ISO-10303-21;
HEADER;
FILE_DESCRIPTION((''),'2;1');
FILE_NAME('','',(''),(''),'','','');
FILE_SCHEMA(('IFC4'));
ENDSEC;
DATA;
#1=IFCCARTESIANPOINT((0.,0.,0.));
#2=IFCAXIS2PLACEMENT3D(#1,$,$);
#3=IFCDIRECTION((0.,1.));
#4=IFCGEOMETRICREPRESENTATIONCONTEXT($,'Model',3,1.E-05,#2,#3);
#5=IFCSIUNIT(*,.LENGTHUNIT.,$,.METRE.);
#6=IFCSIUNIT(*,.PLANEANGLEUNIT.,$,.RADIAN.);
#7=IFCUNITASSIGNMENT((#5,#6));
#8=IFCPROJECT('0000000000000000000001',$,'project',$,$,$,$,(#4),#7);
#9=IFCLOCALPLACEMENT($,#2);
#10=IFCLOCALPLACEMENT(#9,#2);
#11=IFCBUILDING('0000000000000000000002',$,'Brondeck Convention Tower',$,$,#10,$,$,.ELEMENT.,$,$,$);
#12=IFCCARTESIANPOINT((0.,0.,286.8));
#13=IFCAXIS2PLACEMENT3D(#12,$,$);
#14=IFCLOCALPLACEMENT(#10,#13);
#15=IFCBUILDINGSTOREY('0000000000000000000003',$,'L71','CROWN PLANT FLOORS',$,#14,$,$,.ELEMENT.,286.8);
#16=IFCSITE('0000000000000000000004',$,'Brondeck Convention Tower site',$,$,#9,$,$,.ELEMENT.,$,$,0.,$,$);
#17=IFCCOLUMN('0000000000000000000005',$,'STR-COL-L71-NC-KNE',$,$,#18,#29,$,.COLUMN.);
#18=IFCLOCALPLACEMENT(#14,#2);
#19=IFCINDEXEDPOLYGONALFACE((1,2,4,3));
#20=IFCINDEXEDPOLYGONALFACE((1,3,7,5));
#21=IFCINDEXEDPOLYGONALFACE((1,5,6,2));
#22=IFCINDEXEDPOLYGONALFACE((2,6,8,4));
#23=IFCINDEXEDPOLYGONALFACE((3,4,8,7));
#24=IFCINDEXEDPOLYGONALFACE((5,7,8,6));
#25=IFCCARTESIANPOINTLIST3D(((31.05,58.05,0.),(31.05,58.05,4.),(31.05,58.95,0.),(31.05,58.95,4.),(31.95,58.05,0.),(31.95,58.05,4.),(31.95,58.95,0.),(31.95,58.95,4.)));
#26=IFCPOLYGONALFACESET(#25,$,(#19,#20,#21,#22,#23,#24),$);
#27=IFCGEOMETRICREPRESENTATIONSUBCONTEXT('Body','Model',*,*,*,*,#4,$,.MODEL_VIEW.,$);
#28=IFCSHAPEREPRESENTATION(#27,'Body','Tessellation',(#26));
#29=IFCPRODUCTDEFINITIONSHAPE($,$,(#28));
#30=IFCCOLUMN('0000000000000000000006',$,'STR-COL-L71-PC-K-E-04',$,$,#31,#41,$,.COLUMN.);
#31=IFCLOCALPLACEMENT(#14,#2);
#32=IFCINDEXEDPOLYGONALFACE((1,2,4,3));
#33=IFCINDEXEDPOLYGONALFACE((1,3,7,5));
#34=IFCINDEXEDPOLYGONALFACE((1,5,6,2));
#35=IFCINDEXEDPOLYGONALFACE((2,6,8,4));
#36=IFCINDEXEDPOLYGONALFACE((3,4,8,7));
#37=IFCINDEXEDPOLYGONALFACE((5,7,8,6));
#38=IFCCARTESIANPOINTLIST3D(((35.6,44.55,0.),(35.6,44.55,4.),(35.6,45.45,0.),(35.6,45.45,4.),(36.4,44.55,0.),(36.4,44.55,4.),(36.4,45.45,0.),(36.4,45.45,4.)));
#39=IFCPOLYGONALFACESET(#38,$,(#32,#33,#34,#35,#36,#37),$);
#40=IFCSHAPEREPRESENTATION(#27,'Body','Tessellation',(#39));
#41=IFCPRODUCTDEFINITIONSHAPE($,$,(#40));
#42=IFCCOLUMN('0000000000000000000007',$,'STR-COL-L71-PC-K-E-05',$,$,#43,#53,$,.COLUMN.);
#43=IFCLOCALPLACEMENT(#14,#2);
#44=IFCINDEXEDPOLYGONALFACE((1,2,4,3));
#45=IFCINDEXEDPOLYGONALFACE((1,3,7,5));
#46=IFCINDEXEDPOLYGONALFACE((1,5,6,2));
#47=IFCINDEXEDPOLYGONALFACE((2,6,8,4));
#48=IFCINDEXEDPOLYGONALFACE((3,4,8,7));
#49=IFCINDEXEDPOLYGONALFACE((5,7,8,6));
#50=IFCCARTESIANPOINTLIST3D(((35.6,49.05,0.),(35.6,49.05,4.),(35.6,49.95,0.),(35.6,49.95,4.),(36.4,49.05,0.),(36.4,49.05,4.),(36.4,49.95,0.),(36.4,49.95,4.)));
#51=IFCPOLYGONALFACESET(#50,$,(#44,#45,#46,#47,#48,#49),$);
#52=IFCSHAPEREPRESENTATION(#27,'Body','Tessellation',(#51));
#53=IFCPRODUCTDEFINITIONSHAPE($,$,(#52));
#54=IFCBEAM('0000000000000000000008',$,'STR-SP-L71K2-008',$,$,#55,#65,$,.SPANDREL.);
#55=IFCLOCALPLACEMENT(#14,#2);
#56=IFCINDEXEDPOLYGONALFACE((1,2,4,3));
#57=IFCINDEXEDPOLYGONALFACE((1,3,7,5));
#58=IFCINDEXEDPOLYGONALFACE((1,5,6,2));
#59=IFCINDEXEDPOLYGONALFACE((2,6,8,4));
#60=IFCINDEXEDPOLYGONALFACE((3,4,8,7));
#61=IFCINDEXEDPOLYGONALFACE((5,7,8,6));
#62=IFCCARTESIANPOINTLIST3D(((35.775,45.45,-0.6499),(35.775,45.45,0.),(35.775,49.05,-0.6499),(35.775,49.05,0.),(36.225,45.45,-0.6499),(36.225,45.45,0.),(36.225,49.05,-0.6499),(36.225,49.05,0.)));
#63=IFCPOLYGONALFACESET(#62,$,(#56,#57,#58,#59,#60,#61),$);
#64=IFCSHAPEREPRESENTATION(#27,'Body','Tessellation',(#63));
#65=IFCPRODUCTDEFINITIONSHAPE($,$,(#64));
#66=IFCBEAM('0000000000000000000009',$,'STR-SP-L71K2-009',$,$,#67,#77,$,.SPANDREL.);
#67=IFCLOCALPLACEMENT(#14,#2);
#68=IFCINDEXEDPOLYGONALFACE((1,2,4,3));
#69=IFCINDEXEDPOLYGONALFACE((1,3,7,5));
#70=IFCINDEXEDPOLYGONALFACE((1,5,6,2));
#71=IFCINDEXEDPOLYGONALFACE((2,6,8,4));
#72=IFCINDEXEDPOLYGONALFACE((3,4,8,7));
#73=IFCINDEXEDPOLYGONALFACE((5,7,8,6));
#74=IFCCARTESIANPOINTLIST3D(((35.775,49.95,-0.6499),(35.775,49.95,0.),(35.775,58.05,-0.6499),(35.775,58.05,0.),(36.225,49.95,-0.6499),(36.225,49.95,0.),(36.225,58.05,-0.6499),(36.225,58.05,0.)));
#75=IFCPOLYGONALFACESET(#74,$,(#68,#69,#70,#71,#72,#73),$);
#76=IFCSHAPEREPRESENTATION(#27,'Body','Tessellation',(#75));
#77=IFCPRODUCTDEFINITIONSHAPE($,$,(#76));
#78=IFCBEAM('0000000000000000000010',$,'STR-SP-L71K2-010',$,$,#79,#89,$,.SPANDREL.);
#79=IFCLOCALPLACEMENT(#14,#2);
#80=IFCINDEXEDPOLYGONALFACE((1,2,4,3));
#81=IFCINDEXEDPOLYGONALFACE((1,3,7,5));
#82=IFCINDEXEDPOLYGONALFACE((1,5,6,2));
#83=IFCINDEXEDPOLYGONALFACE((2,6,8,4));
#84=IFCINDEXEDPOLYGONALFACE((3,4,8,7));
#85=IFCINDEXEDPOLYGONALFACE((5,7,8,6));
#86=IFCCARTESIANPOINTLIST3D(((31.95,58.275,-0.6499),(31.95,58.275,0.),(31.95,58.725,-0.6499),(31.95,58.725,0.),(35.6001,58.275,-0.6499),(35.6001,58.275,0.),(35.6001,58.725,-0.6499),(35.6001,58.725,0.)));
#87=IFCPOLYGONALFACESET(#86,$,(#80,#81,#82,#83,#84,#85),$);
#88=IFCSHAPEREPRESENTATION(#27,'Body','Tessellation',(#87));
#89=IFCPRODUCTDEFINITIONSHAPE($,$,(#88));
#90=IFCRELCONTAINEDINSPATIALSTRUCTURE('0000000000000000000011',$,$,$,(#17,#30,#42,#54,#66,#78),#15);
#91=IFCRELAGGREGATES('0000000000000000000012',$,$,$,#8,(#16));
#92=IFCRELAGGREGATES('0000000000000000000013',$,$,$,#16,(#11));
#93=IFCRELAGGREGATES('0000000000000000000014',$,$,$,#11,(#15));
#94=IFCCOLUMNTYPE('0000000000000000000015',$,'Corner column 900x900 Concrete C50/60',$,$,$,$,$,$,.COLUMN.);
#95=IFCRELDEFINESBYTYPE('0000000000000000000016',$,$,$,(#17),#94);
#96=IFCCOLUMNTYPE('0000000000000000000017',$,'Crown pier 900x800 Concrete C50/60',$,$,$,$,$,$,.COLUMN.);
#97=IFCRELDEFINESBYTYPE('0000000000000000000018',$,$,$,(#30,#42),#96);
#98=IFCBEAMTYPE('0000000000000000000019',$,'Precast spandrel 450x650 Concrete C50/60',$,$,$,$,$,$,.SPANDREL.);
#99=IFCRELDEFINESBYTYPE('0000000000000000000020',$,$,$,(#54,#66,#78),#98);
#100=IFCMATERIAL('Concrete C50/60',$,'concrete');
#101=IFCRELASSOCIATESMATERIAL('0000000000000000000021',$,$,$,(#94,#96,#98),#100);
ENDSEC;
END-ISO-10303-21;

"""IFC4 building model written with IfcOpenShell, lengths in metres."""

from ifc_helpers import new_model, si_unit, direction, frame, origin, origin_2d, place, context, subcontext, project, spatial, rectangle, extrude, material, material_profile, profile_set, type_object, element, save


model = new_model("IFC4")

# Units and contexts
model_context = context("Model", 3, precision=1e-05, world=origin(), true_north=direction((0.0, 1.0)))
body_context = subcontext(model_context, "Body", "Model", "MODEL_VIEW")
ifc_project = project(units=[si_unit("LENGTHUNIT", "METRE"), si_unit("PLANEANGLEUNIT", "RADIAN")], contexts=[model_context])

# Site, building, storey
site_placement = place(None, origin())
site = spatial("IfcSite", under=ifc_project, at=site_placement, Name="Brondeck Convention Tower site", CompositionType="ELEMENT", RefElevation=0.0)
building_placement = place(site_placement, origin())
building = spatial("IfcBuilding", under=site, at=building_placement, Name="Brondeck Convention Tower", CompositionType="ELEMENT")
storey_placement = place(building_placement, frame((0.0, 0.0, 286.8)))
storey = spatial("IfcBuildingStorey", under=building, at=storey_placement, Name="L71", Description="CROWN PLANT FLOORS", CompositionType="ELEMENT", Elevation=286.8)

# Columns
ifc_material_1 = material(Name="Concrete C50/60", Category="concrete")
ifc_material_profile_1 = material_profile(ifc_material_1, rectangle(XDim=0.8999, YDim=0.8999, at=origin_2d()), Name="Corner column 900x900 Concrete C50/60")
ifc_profile_set_1 = profile_set([ifc_material_profile_1], Name="Concrete C50/60")
column_type_1 = type_object("IfcColumnType", Name="Corner column 900x900 Concrete C50/60", PredefinedType="COLUMN", material=ifc_profile_set_1)
column_placement = place(storey_placement, frame((31.5, 58.5, 0.0), z_axis=(0.0, 0.0, 1.0), x_axis=(1.0, 0.0, 0.0)))
element("IfcColumn", 1, at=column_placement, inside=storey, type_object=column_type_1, Name="STR-COL-L71-NC-KNE", PredefinedType="COLUMN", context=body_context, shape_type="SweptSolid", body=[
    extrude(rectangle(XDim=0.8999, YDim=0.8999, at=origin_2d()), origin(), (0.0, 0.0, 1.0), 4.0),
])
ifc_material_profile_2 = material_profile(ifc_material_1, rectangle(XDim=0.8999, YDim=0.8, at=origin_2d()), Name="Crown pier 900x800 Concrete C50/60")
ifc_profile_set_2 = profile_set([ifc_material_profile_2], Name="Concrete C50/60")
column_type_2 = type_object("IfcColumnType", Name="Crown pier 900x800 Concrete C50/60", PredefinedType="COLUMN", material=ifc_profile_set_2)
for number, where, z_axis, x_axis, name in (
    (2, (36.0, 45.0, 0.0), (0.0, 0.0, 1.0), (0.0, 1.0, 0.0), "STR-COL-L71-PC-K-E-04"),
    (3, (36.0, 49.5, 0.0), (0.0, 0.0, 1.0), (0.0, 1.0, 0.0), "STR-COL-L71-PC-K-E-05"),
):
    element("IfcColumn", number, at=place(storey_placement, frame(where, z_axis=z_axis, x_axis=x_axis)), inside=storey, type_object=column_type_2, Name=name, PredefinedType="COLUMN", context=body_context, shape_type="SweptSolid", body=[
        extrude(rectangle(XDim=0.8999, YDim=0.8, at=origin_2d()), origin(), (0.0, 0.0, 1.0), 4.0),
    ])

# Beams
ifc_material_profile_3 = material_profile(ifc_material_1, rectangle(XDim=0.45, YDim=0.6499, at=origin_2d()), Name="Precast spandrel 450x650 Concrete C50/60")
ifc_profile_set_3 = profile_set([ifc_material_profile_3], Name="Concrete C50/60")
beam_type = type_object("IfcBeamType", Name="Precast spandrel 450x650 Concrete C50/60", PredefinedType="SPANDREL", material=ifc_profile_set_3)
beam_1_placement = place(storey_placement, frame((36.0, 45.45, -0.325), z_axis=(0.0, 1.0, 0.0), x_axis=(-1.0, 0.0, 0.0)))
element("IfcBeam", 4, at=beam_1_placement, inside=storey, type_object=beam_type, Name="STR-SP-L71K2-008", PredefinedType="SPANDREL", context=body_context, shape_type="SweptSolid", body=[
    extrude(rectangle(XDim=0.45, YDim=0.6499, at=origin_2d()), origin(), (0.0, 0.0, 1.0), 3.6001),
])
beam_2_placement = place(storey_placement, frame((36.0, 49.95, -0.325), z_axis=(0.0, 1.0, 0.0), x_axis=(-1.0, 0.0, 0.0)))
element("IfcBeam", 5, at=beam_2_placement, inside=storey, type_object=beam_type, Name="STR-SP-L71K2-009", PredefinedType="SPANDREL", context=body_context, shape_type="SweptSolid", body=[
    extrude(rectangle(XDim=0.45, YDim=0.6499, at=origin_2d()), origin(), (0.0, 0.0, 1.0), 8.1001),
])
beam_3_placement = place(storey_placement, frame((35.6001, 58.5, -0.325), z_axis=(-1.0, 0.0, 0.0), x_axis=(0.0, -1.0, 0.0)))
element("IfcBeam", 6, at=beam_3_placement, inside=storey, type_object=beam_type, Name="STR-SP-L71K2-010", PredefinedType="SPANDREL", context=body_context, shape_type="SweptSolid", body=[
    extrude(rectangle(XDim=0.45, YDim=0.6499, at=origin_2d()), origin(), (0.0, 0.0, 1.0), 3.6501),
])

save(model, "model.ifc")
